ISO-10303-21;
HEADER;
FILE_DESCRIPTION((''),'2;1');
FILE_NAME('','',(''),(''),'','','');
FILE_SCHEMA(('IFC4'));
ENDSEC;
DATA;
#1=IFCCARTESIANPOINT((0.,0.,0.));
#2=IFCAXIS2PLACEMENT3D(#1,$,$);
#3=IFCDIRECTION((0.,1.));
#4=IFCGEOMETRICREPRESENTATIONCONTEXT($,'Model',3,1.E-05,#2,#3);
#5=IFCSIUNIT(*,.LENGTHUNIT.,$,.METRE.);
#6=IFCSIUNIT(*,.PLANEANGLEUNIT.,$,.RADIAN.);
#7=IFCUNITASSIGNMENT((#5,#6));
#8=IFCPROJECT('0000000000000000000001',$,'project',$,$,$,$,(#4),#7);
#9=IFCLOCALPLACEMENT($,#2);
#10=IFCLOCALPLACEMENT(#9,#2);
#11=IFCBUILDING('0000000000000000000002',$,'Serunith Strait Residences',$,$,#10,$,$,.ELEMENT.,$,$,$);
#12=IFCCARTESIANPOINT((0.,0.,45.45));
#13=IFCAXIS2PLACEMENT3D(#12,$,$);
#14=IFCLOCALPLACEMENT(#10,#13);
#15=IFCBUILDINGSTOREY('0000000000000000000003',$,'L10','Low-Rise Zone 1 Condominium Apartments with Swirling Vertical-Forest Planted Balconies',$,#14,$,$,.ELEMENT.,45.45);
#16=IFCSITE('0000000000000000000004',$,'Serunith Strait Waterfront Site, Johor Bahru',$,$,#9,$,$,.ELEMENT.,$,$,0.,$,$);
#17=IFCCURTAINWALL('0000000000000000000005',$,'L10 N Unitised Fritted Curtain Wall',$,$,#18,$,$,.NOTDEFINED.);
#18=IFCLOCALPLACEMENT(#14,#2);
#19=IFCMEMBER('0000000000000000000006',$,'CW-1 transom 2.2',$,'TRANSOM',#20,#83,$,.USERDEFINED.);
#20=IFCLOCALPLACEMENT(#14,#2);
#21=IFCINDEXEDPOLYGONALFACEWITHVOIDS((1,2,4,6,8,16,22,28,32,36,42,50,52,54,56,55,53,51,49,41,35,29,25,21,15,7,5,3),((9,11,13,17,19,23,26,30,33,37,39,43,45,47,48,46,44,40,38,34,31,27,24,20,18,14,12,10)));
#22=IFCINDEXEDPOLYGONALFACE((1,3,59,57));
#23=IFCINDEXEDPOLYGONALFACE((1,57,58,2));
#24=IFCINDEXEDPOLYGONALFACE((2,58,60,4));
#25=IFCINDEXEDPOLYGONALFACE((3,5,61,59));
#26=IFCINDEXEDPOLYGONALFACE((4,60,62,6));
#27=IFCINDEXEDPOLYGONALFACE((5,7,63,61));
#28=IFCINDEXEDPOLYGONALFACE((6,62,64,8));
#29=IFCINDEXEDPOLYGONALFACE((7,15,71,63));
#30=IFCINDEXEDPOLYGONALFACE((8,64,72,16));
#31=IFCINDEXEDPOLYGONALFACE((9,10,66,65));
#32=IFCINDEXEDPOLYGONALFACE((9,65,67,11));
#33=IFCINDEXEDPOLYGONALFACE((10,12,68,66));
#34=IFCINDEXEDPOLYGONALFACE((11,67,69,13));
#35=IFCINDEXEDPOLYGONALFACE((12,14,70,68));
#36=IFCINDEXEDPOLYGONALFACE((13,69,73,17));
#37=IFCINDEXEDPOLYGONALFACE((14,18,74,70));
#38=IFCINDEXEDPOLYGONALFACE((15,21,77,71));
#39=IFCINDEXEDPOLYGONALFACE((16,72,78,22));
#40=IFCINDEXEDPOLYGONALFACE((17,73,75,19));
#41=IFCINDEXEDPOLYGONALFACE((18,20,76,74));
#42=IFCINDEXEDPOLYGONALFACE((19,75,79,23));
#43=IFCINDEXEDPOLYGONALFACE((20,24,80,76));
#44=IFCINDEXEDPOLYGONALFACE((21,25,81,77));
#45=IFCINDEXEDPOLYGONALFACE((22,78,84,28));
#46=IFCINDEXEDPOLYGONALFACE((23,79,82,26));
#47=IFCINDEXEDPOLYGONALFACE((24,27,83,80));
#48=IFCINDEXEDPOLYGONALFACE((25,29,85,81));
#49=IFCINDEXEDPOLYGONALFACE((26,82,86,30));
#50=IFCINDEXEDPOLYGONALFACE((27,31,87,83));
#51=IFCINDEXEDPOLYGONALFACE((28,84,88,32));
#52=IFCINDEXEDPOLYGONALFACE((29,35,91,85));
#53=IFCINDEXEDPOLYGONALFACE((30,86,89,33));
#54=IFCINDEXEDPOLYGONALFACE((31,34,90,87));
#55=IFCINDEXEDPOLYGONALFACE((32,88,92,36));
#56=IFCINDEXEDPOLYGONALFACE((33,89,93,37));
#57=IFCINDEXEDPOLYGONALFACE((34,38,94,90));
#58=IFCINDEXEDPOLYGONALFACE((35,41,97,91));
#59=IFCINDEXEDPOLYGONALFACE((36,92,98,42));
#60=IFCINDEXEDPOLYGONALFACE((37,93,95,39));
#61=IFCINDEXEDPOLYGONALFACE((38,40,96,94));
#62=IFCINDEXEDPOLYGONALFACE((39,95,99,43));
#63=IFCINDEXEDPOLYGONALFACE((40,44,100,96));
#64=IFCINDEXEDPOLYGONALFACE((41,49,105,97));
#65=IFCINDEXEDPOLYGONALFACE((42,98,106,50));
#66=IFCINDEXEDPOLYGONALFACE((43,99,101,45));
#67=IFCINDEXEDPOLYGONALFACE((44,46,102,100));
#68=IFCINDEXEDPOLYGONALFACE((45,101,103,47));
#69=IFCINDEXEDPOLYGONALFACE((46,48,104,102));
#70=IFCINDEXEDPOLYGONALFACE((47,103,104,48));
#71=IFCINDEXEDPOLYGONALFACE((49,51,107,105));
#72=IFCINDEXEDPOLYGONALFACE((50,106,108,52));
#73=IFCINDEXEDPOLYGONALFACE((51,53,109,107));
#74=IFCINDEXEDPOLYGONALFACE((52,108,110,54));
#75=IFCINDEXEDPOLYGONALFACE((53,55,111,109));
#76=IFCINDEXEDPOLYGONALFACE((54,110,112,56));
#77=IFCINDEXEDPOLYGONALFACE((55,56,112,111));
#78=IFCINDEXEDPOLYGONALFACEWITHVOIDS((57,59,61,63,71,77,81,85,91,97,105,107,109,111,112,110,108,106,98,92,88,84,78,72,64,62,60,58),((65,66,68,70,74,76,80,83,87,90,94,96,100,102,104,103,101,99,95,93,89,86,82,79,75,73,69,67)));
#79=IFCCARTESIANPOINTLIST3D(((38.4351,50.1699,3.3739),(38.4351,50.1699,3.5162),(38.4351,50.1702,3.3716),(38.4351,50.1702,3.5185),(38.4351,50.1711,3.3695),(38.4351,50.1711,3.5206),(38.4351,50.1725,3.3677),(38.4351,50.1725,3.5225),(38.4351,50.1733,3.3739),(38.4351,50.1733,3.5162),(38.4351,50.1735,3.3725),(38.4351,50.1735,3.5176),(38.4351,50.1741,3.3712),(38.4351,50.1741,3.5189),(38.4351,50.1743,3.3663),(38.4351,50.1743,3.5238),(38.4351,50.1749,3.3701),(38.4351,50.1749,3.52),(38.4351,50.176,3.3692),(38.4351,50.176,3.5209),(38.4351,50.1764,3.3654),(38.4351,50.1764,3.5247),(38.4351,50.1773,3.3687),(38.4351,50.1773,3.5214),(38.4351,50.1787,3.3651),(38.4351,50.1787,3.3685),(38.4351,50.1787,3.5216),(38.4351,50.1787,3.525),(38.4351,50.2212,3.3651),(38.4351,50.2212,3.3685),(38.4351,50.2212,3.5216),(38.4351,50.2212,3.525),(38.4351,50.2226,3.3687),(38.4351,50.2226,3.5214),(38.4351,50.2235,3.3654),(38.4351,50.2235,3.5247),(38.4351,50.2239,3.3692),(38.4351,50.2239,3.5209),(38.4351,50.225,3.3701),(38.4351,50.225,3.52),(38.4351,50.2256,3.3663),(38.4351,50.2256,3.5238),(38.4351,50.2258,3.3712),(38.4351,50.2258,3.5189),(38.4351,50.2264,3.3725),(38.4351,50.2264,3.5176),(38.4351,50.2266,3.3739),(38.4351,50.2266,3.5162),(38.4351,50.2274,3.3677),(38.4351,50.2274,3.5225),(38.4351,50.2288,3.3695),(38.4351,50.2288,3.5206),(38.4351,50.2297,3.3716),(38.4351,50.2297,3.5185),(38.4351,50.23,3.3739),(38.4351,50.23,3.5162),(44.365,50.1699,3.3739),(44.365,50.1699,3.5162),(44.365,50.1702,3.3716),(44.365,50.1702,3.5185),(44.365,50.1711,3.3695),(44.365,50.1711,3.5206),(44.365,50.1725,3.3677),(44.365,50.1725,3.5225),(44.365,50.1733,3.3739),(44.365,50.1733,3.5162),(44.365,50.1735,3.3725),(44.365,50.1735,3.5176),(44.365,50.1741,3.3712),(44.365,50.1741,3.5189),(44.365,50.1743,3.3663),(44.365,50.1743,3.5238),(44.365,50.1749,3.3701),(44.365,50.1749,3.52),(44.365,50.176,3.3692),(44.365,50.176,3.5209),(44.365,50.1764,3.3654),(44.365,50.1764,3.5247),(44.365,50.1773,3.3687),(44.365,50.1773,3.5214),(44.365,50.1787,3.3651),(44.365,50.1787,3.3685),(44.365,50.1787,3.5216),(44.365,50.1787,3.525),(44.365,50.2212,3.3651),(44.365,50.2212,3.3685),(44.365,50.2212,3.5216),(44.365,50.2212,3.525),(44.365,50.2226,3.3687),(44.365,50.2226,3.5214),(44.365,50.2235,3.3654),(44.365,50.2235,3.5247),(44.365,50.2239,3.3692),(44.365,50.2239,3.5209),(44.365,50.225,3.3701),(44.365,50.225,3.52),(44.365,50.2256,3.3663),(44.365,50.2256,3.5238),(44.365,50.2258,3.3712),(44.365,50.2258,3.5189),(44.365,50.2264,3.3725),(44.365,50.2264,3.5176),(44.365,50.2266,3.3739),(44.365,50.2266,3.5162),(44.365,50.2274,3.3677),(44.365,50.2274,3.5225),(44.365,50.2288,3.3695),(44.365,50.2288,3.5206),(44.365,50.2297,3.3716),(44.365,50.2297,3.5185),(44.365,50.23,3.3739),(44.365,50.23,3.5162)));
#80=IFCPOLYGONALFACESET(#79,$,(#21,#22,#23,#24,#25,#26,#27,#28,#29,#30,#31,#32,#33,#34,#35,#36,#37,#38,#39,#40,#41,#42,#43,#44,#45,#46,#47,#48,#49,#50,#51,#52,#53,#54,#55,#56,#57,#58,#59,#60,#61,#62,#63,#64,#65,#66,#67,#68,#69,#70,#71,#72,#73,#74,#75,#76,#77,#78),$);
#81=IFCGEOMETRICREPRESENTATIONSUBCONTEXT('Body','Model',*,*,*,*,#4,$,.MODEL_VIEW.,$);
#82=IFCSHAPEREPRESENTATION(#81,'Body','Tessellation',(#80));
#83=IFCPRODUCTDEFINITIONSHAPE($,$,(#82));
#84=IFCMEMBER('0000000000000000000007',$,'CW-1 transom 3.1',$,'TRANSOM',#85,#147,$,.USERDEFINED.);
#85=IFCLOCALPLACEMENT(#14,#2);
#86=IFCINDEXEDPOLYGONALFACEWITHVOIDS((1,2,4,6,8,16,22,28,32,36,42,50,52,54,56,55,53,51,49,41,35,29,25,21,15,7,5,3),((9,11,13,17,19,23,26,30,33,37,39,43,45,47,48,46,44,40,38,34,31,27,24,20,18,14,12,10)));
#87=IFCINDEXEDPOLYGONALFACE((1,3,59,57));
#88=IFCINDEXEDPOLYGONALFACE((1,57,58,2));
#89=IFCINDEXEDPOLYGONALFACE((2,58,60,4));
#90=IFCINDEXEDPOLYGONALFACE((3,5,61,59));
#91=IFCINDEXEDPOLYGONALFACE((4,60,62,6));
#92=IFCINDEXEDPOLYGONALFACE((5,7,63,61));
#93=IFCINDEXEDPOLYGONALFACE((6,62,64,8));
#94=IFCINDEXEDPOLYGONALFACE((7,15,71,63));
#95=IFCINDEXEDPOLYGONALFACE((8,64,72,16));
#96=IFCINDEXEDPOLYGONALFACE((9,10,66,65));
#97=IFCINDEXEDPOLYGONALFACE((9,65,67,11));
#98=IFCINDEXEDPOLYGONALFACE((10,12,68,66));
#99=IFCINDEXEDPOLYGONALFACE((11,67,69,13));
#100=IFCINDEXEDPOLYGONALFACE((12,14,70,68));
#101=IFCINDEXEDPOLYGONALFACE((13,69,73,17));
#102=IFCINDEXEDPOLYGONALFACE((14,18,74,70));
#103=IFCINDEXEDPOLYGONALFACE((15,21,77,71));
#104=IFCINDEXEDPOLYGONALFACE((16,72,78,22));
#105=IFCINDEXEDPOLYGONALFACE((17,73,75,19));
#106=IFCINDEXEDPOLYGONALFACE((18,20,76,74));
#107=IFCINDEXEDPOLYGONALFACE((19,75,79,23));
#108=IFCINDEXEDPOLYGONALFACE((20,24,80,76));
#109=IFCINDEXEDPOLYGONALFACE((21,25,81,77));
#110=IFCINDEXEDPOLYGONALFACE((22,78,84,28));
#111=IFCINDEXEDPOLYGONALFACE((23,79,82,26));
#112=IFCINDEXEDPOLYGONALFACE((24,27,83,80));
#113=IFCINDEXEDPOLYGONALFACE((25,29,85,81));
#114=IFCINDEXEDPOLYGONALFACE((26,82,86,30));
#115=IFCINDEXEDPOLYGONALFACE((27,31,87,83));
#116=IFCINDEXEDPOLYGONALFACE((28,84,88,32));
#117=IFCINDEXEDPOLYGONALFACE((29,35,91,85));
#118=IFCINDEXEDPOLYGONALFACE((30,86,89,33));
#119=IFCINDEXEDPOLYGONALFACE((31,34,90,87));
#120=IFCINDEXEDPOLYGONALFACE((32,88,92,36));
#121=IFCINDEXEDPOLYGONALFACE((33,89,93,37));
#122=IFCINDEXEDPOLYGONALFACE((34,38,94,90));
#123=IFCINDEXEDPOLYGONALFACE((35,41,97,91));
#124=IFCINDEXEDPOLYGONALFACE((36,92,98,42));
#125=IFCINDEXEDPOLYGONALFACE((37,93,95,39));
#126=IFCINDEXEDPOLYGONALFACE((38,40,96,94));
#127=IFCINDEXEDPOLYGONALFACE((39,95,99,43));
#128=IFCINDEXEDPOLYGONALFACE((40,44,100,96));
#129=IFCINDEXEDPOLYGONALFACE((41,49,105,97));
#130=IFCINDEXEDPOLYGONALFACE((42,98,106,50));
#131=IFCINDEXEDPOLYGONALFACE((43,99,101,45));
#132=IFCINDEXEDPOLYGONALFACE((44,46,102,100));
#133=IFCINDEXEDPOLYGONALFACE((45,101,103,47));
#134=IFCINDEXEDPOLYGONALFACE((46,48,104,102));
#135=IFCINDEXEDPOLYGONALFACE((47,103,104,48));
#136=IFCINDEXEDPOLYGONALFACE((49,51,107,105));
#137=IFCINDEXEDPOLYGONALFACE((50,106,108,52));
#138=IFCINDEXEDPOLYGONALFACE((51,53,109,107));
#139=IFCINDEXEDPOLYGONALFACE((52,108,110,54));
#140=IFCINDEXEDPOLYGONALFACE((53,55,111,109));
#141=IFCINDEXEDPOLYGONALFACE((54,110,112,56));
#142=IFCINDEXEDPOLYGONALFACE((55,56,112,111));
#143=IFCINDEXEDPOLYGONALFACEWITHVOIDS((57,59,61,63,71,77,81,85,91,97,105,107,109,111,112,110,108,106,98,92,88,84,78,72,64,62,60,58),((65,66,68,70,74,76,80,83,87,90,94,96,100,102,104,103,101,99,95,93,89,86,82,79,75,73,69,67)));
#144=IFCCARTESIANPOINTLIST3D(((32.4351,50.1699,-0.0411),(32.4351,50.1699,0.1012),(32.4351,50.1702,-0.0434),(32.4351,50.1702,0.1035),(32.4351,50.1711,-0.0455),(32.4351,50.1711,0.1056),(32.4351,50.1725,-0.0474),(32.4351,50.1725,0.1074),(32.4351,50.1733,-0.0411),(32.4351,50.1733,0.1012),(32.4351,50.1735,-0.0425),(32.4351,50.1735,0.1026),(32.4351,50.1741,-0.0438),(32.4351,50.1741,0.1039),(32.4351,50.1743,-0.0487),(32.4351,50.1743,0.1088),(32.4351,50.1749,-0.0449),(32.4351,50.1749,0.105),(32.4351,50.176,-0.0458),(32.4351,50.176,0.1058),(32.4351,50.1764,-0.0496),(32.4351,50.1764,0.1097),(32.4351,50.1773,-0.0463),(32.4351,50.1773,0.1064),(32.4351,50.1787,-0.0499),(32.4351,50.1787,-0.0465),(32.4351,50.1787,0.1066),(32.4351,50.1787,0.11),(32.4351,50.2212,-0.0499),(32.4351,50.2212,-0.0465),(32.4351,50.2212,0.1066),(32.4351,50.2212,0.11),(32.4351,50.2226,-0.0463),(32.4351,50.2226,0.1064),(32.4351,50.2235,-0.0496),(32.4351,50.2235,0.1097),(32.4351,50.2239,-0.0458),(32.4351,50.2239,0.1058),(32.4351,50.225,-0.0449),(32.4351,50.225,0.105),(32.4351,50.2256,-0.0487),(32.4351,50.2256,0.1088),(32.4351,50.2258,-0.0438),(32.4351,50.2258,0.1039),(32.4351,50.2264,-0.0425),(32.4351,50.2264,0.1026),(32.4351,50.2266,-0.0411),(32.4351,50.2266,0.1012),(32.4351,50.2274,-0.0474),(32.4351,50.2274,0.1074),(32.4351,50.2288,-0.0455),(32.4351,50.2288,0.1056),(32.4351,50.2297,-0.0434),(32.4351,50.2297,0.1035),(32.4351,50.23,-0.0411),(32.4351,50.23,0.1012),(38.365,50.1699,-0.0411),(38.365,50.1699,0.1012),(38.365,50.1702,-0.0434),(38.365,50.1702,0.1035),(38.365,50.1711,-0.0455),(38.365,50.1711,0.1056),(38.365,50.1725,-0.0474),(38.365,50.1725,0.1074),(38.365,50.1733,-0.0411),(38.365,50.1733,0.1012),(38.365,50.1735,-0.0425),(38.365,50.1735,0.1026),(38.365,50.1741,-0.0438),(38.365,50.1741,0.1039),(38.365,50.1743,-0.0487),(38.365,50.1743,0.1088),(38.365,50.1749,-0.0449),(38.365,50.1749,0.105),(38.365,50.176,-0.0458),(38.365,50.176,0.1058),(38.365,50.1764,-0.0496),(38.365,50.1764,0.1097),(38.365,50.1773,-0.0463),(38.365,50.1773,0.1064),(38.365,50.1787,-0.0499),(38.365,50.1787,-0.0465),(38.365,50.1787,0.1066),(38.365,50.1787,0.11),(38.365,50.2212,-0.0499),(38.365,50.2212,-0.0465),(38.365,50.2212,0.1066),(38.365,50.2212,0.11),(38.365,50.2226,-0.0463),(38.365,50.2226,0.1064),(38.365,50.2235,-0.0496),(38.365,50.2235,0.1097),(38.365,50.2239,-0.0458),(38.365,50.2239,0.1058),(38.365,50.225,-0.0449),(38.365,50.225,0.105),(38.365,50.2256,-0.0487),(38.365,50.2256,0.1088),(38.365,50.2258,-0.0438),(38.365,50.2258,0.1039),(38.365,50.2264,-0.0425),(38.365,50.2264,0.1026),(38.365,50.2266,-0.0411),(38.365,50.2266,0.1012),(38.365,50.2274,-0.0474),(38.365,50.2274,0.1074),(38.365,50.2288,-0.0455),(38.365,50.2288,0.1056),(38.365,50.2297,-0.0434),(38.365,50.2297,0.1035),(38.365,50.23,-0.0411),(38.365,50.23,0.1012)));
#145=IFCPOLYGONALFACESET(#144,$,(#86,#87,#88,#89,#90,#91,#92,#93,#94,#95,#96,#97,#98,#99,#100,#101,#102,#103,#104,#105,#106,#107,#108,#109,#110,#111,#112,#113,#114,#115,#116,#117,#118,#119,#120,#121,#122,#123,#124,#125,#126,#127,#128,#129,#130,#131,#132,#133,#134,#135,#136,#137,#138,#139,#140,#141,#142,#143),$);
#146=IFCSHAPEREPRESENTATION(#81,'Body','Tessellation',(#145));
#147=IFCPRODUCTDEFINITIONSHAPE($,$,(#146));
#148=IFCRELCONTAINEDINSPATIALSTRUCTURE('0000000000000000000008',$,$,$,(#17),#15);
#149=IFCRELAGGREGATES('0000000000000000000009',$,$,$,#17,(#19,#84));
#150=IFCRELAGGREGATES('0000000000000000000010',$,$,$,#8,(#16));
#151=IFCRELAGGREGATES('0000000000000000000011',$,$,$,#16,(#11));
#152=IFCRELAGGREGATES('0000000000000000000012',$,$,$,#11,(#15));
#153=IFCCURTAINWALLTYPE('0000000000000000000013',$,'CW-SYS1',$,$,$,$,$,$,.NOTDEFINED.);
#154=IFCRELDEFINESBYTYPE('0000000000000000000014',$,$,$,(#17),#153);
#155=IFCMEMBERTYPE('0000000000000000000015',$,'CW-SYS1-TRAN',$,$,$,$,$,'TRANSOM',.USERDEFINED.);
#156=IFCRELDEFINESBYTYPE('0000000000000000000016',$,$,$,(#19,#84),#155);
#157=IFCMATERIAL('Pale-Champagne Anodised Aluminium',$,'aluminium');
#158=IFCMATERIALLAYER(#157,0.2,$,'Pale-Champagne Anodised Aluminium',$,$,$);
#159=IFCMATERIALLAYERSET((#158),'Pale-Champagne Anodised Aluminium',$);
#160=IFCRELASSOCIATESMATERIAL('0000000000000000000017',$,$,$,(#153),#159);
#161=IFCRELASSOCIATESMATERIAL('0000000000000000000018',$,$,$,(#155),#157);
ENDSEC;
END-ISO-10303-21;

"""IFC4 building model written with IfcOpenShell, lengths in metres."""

from ifc_helpers import new_model, si_unit, direction, frame, origin, origin_2d, place, context, subcontext, project, spatial, hollow_rectangle, extrude, source, transform, mapped, material, layer, layer_set, material_profile, profile_set, type_object, element, aggregate, save


model = new_model("IFC4")

# Units and contexts
model_context = context("Model", 3, precision=1e-05, world=origin(), true_north=direction((0.0, 1.0)))
body_context = subcontext(model_context, "Body", "Model", "MODEL_VIEW")
ifc_project = project(units=[si_unit("LENGTHUNIT", "METRE"), si_unit("PLANEANGLEUNIT", "RADIAN")], contexts=[model_context])

# Site, building, storey
site_placement = place(None, origin())
site = spatial("IfcSite", under=ifc_project, at=site_placement, Name="Serunith Strait Waterfront Site, Johor Bahru", CompositionType="ELEMENT", RefElevation=0.0)
building_placement = place(site_placement, origin())
building = spatial("IfcBuilding", under=site, at=building_placement, Name="Serunith Strait Residences", CompositionType="ELEMENT")
storey_placement = place(building_placement, frame((0.0, 0.0, 45.45)))
storey = spatial("IfcBuildingStorey", under=building, at=storey_placement, Name="L10", Description="Low-Rise Zone 1 Condominium Apartments with Swirling Vertical-Forest Planted Balconies", CompositionType="ELEMENT", Elevation=45.45)

# Curtain wall, members
ifc_material_1 = material(Name="Pale-Champagne Anodised Aluminium", Category="aluminium")
ifc_layer_1 = layer(ifc_material_1, 0.2, Name="Pale-Champagne Anodised Aluminium")
ifc_layer_set_1 = layer_set([ifc_layer_1], Name="Pale-Champagne Anodised Aluminium")
curtain_wall_type = type_object("IfcCurtainWallType", Name="CW-SYS1", PredefinedType="NOTDEFINED", material=ifc_layer_set_1)
curtain_wall_placement = place(storey_placement, origin())
curtain_wall = element("IfcCurtainWall", 1, at=curtain_wall_placement, inside=storey, type_object=curtain_wall_type, Name="L10 N Unitised Fritted Curtain Wall", PredefinedType="NOTDEFINED")
ifc_material_profile_1 = material_profile(ifc_material_1, hollow_rectangle(XDim=0.0601, YDim=0.1599, WallThickness=0.0034, InnerFilletRadius=0.0054, OuterFilletRadius=0.0088, at=origin_2d()), Name="ALU 160x60x3.5")
ifc_profile_set_1 = profile_set([ifc_material_profile_1], Name="Pale-Champagne Anodised Aluminium")
member_type_1 = type_object("IfcMemberType", Name="CW-SYS1-TRAN", ElementType="TRANSOM", PredefinedType="USERDEFINED", material=ifc_profile_set_1)
shared_shape_1 = source(origin(), body_context, "Body", "SweptSolid", [
    extrude(hollow_rectangle(XDim=0.0601, YDim=0.1599, WallThickness=0.0034, InnerFilletRadius=0.0054, OuterFilletRadius=0.0088, at=origin_2d()), origin(), (0.0, 0.0, 1.0), 5.9299),
])
member_1_placement = place(storey_placement, frame((44.365, 50.2, 3.4451), z_axis=(-1.0, 0.0, 0.0), x_axis=(0.0, -1.0, 0.0)))
member_1 = element("IfcMember", 2, at=member_1_placement, type_object=member_type_1, Name="CW-1 transom 2.2", ObjectType="TRANSOM", PredefinedType="USERDEFINED", context=body_context, shape_type="MappedRepresentation", body=[
    mapped(shared_shape_1, transform((0.0, 0.0, 0.0), scale=1.0)),
])
member_2_placement = place(storey_placement, frame((38.365, 50.2, 0.03), z_axis=(-1.0, 0.0, 0.0), x_axis=(0.0, -1.0, 0.0)))
member_2 = element("IfcMember", 3, at=member_2_placement, type_object=member_type_1, Name="CW-1 transom 3.1", ObjectType="TRANSOM", PredefinedType="USERDEFINED", context=body_context, shape_type="MappedRepresentation", body=[
    mapped(shared_shape_1, transform((0.0, 0.0, 0.0), scale=1.0)),
])
aggregate(curtain_wall, [member_1, member_2])

save(model, "model.ifc")
